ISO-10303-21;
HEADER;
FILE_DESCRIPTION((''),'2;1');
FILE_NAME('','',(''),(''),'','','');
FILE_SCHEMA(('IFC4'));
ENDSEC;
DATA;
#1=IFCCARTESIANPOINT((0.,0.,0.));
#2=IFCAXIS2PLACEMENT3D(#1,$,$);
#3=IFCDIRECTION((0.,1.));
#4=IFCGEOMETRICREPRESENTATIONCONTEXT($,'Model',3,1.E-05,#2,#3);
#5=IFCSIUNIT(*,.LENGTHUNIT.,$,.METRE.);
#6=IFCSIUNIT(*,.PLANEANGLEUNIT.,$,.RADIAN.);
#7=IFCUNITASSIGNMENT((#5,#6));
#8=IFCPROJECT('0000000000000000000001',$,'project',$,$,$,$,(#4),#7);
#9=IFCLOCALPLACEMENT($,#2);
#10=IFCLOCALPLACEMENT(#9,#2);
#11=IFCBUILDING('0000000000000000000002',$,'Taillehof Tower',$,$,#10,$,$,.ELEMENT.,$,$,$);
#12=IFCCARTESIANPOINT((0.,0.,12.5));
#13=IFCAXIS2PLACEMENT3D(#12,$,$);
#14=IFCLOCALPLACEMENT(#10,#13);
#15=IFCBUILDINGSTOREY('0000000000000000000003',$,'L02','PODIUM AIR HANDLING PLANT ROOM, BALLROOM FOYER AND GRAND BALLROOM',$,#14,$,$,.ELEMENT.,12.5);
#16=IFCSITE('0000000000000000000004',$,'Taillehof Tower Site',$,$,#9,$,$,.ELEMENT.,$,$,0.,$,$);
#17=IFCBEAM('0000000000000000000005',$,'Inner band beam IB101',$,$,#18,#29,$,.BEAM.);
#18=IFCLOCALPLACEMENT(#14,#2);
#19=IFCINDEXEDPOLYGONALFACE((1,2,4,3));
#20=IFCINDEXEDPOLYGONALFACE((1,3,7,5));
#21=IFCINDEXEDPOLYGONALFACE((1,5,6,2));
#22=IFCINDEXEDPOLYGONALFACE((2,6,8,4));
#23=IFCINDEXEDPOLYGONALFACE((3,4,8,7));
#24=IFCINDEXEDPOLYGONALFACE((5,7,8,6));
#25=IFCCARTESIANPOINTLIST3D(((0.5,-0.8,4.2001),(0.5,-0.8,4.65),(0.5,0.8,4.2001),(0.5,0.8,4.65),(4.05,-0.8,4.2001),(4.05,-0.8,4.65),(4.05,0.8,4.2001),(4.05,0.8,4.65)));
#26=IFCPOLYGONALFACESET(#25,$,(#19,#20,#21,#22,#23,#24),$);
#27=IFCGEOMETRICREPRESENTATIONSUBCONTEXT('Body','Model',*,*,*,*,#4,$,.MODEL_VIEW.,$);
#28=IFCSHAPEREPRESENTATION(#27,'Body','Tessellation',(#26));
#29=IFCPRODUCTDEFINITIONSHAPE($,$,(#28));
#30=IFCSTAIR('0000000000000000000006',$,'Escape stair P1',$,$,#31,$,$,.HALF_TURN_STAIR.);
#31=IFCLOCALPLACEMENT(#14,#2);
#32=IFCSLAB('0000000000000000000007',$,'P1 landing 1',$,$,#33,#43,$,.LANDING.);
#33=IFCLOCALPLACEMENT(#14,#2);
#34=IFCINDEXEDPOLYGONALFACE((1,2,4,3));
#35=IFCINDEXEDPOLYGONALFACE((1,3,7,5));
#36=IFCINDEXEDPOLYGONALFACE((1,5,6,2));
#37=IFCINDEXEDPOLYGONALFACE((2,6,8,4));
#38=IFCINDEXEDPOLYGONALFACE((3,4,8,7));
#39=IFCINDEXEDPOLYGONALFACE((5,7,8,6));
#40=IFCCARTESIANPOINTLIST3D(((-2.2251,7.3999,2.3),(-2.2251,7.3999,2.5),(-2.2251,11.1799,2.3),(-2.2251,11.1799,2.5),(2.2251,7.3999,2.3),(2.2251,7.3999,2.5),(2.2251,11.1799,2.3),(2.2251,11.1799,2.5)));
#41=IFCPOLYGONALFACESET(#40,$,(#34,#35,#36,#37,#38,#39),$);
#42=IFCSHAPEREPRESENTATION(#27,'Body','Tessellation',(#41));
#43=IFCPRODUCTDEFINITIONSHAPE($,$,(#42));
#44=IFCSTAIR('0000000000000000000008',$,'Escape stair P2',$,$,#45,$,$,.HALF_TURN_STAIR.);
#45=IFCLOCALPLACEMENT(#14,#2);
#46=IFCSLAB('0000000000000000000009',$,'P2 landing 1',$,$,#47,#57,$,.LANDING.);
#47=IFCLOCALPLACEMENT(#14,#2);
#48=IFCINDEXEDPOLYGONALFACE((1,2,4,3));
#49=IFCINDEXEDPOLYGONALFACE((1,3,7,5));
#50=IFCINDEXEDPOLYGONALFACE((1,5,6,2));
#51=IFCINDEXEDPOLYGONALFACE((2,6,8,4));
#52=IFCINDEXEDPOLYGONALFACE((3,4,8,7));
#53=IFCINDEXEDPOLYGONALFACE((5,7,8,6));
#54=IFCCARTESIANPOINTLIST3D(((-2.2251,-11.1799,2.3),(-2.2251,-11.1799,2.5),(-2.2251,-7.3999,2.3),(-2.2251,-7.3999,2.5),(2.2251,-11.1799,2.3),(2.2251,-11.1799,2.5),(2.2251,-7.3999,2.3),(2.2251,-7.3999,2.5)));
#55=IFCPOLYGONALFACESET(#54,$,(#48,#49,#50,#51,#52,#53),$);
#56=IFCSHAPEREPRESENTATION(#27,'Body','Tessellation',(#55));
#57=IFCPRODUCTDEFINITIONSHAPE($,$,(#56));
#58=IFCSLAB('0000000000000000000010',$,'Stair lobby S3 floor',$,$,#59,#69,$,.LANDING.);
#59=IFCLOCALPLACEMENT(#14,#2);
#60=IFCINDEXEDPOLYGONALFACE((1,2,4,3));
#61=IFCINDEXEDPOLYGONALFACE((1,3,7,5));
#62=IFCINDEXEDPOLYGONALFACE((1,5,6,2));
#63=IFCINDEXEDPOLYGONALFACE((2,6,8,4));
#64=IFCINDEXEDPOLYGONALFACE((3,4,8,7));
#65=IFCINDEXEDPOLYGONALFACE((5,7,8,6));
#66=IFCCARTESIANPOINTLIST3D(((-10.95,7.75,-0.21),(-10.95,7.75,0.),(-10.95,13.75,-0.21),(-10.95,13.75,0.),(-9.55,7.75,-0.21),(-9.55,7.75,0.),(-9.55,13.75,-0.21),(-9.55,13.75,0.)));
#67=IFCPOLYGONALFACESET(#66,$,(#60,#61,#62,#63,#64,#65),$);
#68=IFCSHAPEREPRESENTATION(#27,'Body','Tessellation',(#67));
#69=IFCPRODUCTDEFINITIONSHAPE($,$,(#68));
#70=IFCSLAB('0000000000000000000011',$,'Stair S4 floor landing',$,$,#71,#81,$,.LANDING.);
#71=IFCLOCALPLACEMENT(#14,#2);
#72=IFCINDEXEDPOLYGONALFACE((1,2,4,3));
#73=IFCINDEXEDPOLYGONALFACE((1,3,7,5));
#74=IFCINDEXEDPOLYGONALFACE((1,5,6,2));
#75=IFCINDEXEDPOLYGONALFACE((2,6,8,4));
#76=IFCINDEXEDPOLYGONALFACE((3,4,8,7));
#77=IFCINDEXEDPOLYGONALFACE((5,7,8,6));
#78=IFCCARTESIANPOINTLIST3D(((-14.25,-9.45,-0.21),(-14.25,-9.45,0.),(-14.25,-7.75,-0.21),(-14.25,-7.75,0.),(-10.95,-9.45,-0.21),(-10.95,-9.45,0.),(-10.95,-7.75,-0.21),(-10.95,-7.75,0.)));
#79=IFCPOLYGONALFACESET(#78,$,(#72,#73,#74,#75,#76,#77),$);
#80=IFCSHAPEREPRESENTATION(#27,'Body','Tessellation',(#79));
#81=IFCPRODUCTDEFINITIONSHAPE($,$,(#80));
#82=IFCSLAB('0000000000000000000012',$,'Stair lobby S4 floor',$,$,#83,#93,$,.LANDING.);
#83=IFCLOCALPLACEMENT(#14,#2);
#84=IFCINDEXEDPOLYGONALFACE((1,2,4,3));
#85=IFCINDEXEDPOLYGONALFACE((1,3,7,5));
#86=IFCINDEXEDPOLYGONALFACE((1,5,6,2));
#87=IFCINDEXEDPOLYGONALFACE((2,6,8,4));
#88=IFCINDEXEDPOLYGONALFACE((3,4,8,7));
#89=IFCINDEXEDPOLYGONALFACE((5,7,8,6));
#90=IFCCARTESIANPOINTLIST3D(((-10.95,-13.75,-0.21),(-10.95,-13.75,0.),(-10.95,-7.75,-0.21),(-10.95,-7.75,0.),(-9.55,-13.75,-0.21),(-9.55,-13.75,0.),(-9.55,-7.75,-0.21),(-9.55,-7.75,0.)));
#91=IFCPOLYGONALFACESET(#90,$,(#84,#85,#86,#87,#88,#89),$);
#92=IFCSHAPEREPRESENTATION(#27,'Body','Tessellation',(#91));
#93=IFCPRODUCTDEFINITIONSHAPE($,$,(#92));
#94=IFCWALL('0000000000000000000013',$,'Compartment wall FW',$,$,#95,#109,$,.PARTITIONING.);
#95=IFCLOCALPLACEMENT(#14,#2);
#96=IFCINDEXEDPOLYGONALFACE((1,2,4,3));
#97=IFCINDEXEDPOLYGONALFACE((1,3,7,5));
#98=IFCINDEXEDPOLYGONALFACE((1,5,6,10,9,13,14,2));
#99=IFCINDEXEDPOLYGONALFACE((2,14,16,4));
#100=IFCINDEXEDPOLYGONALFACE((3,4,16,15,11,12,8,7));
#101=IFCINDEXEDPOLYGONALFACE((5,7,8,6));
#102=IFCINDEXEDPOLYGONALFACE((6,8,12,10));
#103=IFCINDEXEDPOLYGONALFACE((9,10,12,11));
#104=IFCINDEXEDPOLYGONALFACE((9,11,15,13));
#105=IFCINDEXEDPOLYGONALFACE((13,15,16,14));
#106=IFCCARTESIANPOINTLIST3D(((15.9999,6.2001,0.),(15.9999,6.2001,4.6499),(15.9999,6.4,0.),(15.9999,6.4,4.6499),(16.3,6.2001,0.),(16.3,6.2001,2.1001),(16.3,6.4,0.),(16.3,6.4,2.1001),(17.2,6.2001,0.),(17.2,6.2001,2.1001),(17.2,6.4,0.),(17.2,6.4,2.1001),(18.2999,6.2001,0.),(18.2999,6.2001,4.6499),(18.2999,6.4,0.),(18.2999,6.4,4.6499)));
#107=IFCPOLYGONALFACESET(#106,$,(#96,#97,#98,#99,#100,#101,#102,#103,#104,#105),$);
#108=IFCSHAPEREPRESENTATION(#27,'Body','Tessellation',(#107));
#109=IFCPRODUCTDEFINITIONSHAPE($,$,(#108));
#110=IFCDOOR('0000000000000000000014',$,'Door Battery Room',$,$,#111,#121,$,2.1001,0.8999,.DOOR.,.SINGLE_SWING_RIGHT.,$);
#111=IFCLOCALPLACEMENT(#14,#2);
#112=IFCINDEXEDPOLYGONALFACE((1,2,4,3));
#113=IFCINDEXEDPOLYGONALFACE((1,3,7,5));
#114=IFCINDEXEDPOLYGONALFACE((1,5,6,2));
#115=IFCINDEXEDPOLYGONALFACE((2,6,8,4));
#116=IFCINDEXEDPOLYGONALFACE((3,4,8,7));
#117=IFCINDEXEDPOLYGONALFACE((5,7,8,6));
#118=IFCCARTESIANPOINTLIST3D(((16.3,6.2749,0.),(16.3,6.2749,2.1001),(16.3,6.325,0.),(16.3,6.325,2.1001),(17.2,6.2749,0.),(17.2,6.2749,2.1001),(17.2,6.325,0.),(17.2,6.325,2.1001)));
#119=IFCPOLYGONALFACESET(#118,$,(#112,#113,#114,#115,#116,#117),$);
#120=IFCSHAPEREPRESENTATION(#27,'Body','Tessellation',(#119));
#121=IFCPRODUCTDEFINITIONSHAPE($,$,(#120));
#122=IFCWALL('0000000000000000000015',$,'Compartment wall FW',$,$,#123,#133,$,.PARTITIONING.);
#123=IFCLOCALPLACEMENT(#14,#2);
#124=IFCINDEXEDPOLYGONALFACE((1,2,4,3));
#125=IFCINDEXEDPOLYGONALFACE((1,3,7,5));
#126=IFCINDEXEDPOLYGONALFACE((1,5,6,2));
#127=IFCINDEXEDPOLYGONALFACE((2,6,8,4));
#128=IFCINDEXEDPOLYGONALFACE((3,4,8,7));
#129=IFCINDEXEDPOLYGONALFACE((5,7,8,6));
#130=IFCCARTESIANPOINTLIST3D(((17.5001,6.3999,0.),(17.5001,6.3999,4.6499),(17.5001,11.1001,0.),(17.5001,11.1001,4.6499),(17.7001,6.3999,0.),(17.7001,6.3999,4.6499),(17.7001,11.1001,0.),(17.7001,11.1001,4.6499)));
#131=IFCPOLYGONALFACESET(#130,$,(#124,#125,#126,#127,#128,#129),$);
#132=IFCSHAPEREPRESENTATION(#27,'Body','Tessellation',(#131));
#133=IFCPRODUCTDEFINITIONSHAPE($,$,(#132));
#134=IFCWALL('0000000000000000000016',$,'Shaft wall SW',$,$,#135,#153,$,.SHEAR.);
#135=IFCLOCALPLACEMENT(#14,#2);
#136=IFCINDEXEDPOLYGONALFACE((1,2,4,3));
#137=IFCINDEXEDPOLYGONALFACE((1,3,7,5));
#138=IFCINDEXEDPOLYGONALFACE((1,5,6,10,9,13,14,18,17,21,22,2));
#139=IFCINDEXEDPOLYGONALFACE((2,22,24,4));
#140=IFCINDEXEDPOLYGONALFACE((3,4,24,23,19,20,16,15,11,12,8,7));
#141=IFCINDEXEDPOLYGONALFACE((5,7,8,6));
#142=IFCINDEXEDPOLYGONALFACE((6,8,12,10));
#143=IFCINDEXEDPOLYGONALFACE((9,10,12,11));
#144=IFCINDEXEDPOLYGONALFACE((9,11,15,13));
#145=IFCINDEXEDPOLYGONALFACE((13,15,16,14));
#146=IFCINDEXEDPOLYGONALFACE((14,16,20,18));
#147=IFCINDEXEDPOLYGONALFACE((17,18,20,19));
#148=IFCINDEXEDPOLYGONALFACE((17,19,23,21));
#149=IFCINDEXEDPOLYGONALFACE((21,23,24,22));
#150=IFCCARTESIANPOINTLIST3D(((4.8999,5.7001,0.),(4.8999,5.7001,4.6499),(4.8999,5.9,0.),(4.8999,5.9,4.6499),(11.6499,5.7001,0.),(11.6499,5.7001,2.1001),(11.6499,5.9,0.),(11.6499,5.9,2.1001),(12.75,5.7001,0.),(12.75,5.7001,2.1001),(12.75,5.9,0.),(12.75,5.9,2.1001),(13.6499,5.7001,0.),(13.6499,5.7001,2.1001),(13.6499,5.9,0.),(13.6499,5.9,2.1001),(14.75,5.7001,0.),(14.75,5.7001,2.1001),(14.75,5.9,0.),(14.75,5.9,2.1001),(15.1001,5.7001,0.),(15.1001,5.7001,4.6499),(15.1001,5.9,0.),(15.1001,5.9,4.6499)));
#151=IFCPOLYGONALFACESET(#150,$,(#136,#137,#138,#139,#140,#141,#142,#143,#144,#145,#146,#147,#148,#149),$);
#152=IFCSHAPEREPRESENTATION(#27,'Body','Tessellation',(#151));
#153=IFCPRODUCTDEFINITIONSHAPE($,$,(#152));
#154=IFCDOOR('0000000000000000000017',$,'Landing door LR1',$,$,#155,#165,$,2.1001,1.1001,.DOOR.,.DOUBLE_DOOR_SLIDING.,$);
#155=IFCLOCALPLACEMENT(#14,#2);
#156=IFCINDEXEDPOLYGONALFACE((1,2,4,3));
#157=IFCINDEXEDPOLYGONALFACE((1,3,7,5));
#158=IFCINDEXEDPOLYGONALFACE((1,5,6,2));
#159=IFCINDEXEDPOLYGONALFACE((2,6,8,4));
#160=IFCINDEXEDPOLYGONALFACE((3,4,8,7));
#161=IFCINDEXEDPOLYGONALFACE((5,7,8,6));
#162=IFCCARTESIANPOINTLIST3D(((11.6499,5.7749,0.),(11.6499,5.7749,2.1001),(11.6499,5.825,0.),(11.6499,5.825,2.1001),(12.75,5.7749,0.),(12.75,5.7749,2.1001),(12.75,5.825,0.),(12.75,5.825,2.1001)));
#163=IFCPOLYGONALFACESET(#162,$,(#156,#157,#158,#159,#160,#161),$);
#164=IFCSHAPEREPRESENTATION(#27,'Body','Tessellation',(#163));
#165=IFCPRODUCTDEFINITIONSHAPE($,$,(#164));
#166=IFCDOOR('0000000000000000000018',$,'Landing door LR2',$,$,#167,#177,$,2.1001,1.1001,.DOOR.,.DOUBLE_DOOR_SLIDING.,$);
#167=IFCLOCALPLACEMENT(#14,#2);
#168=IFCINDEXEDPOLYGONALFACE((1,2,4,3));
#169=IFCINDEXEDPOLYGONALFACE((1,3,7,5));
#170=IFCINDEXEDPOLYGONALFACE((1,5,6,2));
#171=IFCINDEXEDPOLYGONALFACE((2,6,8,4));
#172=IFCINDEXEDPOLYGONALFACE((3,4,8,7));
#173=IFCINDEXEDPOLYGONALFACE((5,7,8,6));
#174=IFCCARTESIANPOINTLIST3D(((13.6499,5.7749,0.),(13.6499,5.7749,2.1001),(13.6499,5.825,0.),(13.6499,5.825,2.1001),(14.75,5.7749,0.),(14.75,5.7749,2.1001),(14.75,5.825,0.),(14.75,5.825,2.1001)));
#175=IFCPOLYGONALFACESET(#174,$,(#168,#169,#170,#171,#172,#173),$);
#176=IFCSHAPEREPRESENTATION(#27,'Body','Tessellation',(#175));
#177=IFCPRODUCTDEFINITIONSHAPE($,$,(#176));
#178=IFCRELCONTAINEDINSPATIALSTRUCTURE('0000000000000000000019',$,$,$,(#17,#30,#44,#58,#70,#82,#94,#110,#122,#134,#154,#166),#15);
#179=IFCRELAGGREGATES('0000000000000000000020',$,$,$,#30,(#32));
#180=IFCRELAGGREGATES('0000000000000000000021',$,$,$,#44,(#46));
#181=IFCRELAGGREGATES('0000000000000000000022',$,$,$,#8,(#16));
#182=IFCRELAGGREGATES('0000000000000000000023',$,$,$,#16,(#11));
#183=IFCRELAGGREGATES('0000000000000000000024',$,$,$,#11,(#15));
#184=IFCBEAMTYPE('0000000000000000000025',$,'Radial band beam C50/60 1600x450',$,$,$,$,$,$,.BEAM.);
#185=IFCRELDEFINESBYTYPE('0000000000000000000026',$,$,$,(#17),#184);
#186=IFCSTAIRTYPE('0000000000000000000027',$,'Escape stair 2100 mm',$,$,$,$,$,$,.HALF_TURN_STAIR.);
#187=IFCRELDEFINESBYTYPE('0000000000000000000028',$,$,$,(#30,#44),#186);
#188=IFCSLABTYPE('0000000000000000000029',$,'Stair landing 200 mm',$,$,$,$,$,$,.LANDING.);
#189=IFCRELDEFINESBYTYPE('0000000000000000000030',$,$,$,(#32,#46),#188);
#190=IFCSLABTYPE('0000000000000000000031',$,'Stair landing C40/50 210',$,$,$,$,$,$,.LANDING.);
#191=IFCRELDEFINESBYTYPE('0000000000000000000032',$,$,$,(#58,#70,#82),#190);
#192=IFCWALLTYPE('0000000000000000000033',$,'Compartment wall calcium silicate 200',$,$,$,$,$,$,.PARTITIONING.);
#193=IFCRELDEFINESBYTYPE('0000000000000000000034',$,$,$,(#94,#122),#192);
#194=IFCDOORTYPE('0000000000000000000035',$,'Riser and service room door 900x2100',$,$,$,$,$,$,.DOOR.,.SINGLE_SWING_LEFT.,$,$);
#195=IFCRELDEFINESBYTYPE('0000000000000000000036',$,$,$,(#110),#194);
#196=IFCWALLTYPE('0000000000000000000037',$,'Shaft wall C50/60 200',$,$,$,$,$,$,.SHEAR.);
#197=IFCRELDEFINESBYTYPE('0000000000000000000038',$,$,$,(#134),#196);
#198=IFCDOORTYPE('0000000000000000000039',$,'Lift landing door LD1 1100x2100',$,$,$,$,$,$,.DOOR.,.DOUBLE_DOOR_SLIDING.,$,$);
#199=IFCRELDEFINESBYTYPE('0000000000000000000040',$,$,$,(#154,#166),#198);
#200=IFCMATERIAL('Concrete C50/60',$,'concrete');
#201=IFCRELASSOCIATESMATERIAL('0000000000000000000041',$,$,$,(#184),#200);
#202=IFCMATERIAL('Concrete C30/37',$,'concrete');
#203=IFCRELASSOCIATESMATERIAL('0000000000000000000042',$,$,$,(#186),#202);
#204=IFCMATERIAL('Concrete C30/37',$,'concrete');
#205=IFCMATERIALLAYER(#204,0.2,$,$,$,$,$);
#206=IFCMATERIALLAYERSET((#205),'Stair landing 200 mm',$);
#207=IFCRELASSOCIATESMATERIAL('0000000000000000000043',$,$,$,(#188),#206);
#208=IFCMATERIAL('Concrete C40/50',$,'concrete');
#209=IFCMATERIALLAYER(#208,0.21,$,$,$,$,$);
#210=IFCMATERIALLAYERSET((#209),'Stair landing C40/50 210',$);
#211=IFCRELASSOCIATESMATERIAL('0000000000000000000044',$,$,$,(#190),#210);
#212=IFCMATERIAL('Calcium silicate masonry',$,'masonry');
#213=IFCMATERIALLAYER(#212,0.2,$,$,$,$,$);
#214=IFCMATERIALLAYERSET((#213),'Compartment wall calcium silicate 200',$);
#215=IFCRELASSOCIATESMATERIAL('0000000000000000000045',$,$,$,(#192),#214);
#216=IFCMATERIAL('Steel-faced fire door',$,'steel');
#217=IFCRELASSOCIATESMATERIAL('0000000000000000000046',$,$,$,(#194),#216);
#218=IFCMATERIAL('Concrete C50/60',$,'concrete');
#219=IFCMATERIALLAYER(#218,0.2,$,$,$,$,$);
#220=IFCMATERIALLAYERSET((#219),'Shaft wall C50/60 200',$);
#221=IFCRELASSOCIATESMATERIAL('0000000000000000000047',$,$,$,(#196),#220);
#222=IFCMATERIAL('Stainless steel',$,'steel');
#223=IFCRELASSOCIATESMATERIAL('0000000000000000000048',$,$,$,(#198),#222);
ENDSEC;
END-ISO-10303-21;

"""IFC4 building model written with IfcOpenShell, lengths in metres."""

from ifc_helpers import new_model, si_unit, direction, frame, frame_2d, origin, origin_2d, place, context, subcontext, project, spatial, polyline, rectangle, outline, extrude, material, layer, layer_set, material_profile, profile_set, type_object, element, fill, aggregate, save


model = new_model("IFC4")

# Units and contexts
model_context = context("Model", 3, precision=1e-05, world=origin(), true_north=direction((0.0, 1.0)))
body_context = subcontext(model_context, "Body", "Model", "MODEL_VIEW")
ifc_project = project(units=[si_unit("LENGTHUNIT", "METRE"), si_unit("PLANEANGLEUNIT", "RADIAN")], contexts=[model_context])

# Site, building, storey
site_placement = place(None, origin())
site = spatial("IfcSite", under=ifc_project, at=site_placement, Name="Taillehof Tower Site", CompositionType="ELEMENT", RefElevation=0.0)
building_placement = place(site_placement, origin())
building = spatial("IfcBuilding", under=site, at=building_placement, Name="Taillehof Tower", CompositionType="ELEMENT")
storey_placement = place(building_placement, frame((0.0, 0.0, 12.5)))
storey = spatial("IfcBuildingStorey", under=building, at=storey_placement, Name="L02", Description="PODIUM AIR HANDLING PLANT ROOM, BALLROOM FOYER AND GRAND BALLROOM", CompositionType="ELEMENT", Elevation=12.5)

# Beam
ifc_material_1 = material(Name="Concrete C50/60", Category="concrete")
ifc_material_profile = material_profile(ifc_material_1, rectangle(XDim=1.6001, YDim=0.45, at=origin_2d()), Name="RC 1600x450")
ifc_profile_set = profile_set([ifc_material_profile], Name="Concrete C50/60")
beam_type = type_object("IfcBeamType", Name="Radial band beam C50/60 1600x450", PredefinedType="BEAM", material=ifc_profile_set)
beam_placement = place(storey_placement, frame((0.5, 0.0, 4.425), z_axis=(1.0, 0.0, 0.0), x_axis=(0.0, 1.0, 0.0)))
element("IfcBeam", 1, at=beam_placement, inside=storey, type_object=beam_type, Name="Inner band beam IB101", PredefinedType="BEAM", context=body_context, shape_type="SweptSolid", body=[
    extrude(rectangle(XDim=1.6001, YDim=0.45, at=origin_2d()), origin(), (0.0, 0.0, 1.0), 3.55),
])

# Stairs, slabs
ifc_material_2 = material(Name="Concrete C30/37", Category="concrete")
stair_type_1 = type_object("IfcStairType", Name="Escape stair 2100 mm", PredefinedType="HALF_TURN_STAIR", material=ifc_material_2)
stair_1_placement = place(storey_placement, origin())
stair_1 = element("IfcStair", 2, at=stair_1_placement, inside=storey, type_object=stair_type_1, Name="Escape stair P1", PredefinedType="HALF_TURN_STAIR")
ifc_material_3 = material(Name="Concrete C30/37", Category="concrete")
ifc_layer_1 = layer(ifc_material_3, 0.2)
ifc_layer_set_1 = layer_set([ifc_layer_1], Name="Stair landing 200 mm")
slab_type_1 = type_object("IfcSlabType", Name="Stair landing 200 mm", PredefinedType="LANDING", material=ifc_layer_set_1)
slab_1_placement = place(storey_placement, frame((0.0, 0.0, 2.3)))
slab_1 = element("IfcSlab", 3, at=slab_1_placement, type_object=slab_type_1, Name="P1 landing 1", PredefinedType="LANDING", context=body_context, shape_type="SweptSolid", body=[
    extrude(outline(polyline([(2.2251, 11.1799), (-2.2251, 11.1799), (-2.2251, 7.3999), (2.2251, 7.3999), (2.2251, 11.1799)])), origin(), (0.0, 0.0, 1.0), 0.2),
])
aggregate(stair_1, [slab_1])
stair_2_placement = place(storey_placement, origin())
stair_2 = element("IfcStair", 4, at=stair_2_placement, inside=storey, type_object=stair_type_1, Name="Escape stair P2", PredefinedType="HALF_TURN_STAIR")
slab_2_placement = place(storey_placement, frame((0.0, 0.0, 2.3)))
slab_2 = element("IfcSlab", 5, at=slab_2_placement, type_object=slab_type_1, Name="P2 landing 1", PredefinedType="LANDING", context=body_context, shape_type="SweptSolid", body=[
    extrude(outline(polyline([(-2.2251, -11.1799), (2.2251, -11.1799), (2.2251, -7.3999), (-2.2251, -7.3999), (-2.2251, -11.1799)])), origin(), (0.0, 0.0, 1.0), 0.2),
])
aggregate(stair_2, [slab_2])

# Slabs
ifc_material_4 = material(Name="Concrete C40/50", Category="concrete")
ifc_layer_2 = layer(ifc_material_4, 0.21)
ifc_layer_set_2 = layer_set([ifc_layer_2], Name="Stair landing C40/50 210")
slab_type_2 = type_object("IfcSlabType", Name="Stair landing C40/50 210", PredefinedType="LANDING", material=ifc_layer_set_2)
slab_3_placement = place(storey_placement, frame((0.0, 0.0, -0.21)))
element("IfcSlab", 6, at=slab_3_placement, inside=storey, type_object=slab_type_2, Name="Stair lobby S3 floor", PredefinedType="LANDING", context=body_context, shape_type="SweptSolid", body=[
    extrude(outline(polyline([(-10.95, 7.75), (-9.55, 7.75), (-9.55, 13.75), (-10.95, 13.75), (-10.95, 7.75)])), origin(), (0.0, 0.0, 1.0), 0.21),
])
slab_4_placement = place(storey_placement, frame((0.0, 0.0, -0.21)))
element("IfcSlab", 7, at=slab_4_placement, inside=storey, type_object=slab_type_2, Name="Stair S4 floor landing", PredefinedType="LANDING", context=body_context, shape_type="SweptSolid", body=[
    extrude(outline(polyline([(-14.25, -7.75), (-14.25, -9.45), (-10.95, -9.45), (-10.95, -7.75), (-14.25, -7.75)])), origin(), (0.0, 0.0, 1.0), 0.21),
])
slab_5_placement = place(storey_placement, frame((0.0, 0.0, -0.21)))
element("IfcSlab", 8, at=slab_5_placement, inside=storey, type_object=slab_type_2, Name="Stair lobby S4 floor", PredefinedType="LANDING", context=body_context, shape_type="SweptSolid", body=[
    extrude(outline(polyline([(-10.95, -13.75), (-9.55, -13.75), (-9.55, -7.75), (-10.95, -7.75), (-10.95, -13.75)])), origin(), (0.0, 0.0, 1.0), 0.21),
])

# Wall, opening, door
ifc_material_5 = material(Name="Calcium silicate masonry", Category="masonry")
ifc_layer_3 = layer(ifc_material_5, 0.2)
ifc_layer_set_3 = layer_set([ifc_layer_3], Name="Compartment wall calcium silicate 200")
wall_type_1 = type_object("IfcWallType", Name="Compartment wall calcium silicate 200", PredefinedType="PARTITIONING", material=ifc_layer_set_3)
wall_1_placement = place(storey_placement, frame((16.0, 6.3, 0.0), z_axis=(0.0, 0.0, 1.0), x_axis=(1.0, 0.0, 0.0)))
wall_1 = element("IfcWall", 9, at=wall_1_placement, inside=storey, type_object=wall_type_1, Name="Compartment wall FW", PredefinedType="PARTITIONING", context=body_context, shape_type="SweptSolid", body=[
    extrude(rectangle(XDim=2.3, YDim=0.2, at=frame_2d((1.1499, 0.0))), origin(), (0.0, 0.0, 1.0), 4.6499),
])
opening_1_placement = place(wall_1_placement, frame((0.3, 0.0, 0.0)))
opening_1 = element("IfcOpeningElement", 10, at=opening_1_placement, cuts=wall_1, PredefinedType="OPENING", context=body_context, shape_type="SweptSolid", body=[
    extrude(rectangle(XDim=0.8999, YDim=2.1001, at=frame_2d((0.45, 1.05))), frame((0.0, 0.1099, 0.0), z_axis=(0.0, -1.0, 0.0), x_axis=(1.0, 0.0, 0.0)), (0.0, 0.0, 1.0), 0.22),
])
ifc_material_6 = material(Name="Steel-faced fire door", Category="steel")
door_type_1 = type_object("IfcDoorType", Name="Riser and service room door 900x2100", OperationType="SINGLE_SWING_LEFT", PredefinedType="DOOR", material=ifc_material_6)
door_1_placement = place(opening_1_placement, origin())
door_1 = element("IfcDoor", 11, at=door_1_placement, inside=storey, type_object=door_type_1, Name="Door Battery Room", OperationType="SINGLE_SWING_RIGHT", OverallHeight=2.1001, OverallWidth=0.8999, PredefinedType="DOOR", context=body_context, shape_type="SweptSolid", body=[
    extrude(rectangle(XDim=0.8999, YDim=2.1001, at=frame_2d((0.45, 1.05))), frame((0.0, 0.0249, 0.0), z_axis=(0.0, -1.0, 0.0), x_axis=(1.0, 0.0, 0.0)), (0.0, 0.0, 1.0), 0.05),
])
fill(opening_1, door_1)

# Wall
wall_2_placement = place(storey_placement, frame((17.6001, 6.3999, 0.0), z_axis=(0.0, 0.0, 1.0), x_axis=(0.0, 1.0, 0.0)))
element("IfcWall", 12, at=wall_2_placement, inside=storey, type_object=wall_type_1, Name="Compartment wall FW", PredefinedType="PARTITIONING", context=body_context, shape_type="SweptSolid", body=[
    extrude(rectangle(XDim=4.7002, YDim=0.2, at=frame_2d((2.3501, 0.0))), origin(), (0.0, 0.0, 1.0), 4.6499),
])

# Wall, openings, doors
ifc_material_7 = material(Name="Concrete C50/60", Category="concrete")
ifc_layer_4 = layer(ifc_material_7, 0.2)
ifc_layer_set_4 = layer_set([ifc_layer_4], Name="Shaft wall C50/60 200")
wall_type_2 = type_object("IfcWallType", Name="Shaft wall C50/60 200", PredefinedType="SHEAR", material=ifc_layer_set_4)
wall_3_placement = place(storey_placement, frame((4.8999, 5.8, 0.0), z_axis=(0.0, 0.0, 1.0), x_axis=(1.0, 0.0, 0.0)))
wall_3 = element("IfcWall", 13, at=wall_3_placement, inside=storey, type_object=wall_type_2, Name="Shaft wall SW", PredefinedType="SHEAR", context=body_context, shape_type="SweptSolid", body=[
    extrude(rectangle(XDim=10.2002, YDim=0.2, at=frame_2d((5.1001, 0.0))), origin(), (0.0, 0.0, 1.0), 4.6499),
])
opening_2_placement = place(wall_3_placement, frame((6.75, 0.0, 0.0)))
opening_2 = element("IfcOpeningElement", 14, at=opening_2_placement, cuts=wall_3, PredefinedType="OPENING", context=body_context, shape_type="SweptSolid", body=[
    extrude(rectangle(XDim=1.1001, YDim=2.1001, at=frame_2d((0.55, 1.05))), frame((0.0, 0.1099, 0.0), z_axis=(0.0, -1.0, 0.0), x_axis=(1.0, 0.0, 0.0)), (0.0, 0.0, 1.0), 0.22),
])
opening_3_placement = place(wall_3_placement, frame((8.75, 0.0, 0.0)))
opening_3 = element("IfcOpeningElement", 15, at=opening_3_placement, cuts=wall_3, PredefinedType="OPENING", context=body_context, shape_type="SweptSolid", body=[
    extrude(rectangle(XDim=1.1001, YDim=2.1001, at=frame_2d((0.55, 1.05))), frame((0.0, 0.1099, 0.0), z_axis=(0.0, -1.0, 0.0), x_axis=(1.0, 0.0, 0.0)), (0.0, 0.0, 1.0), 0.22),
])
ifc_material_8 = material(Name="Stainless steel", Category="steel")
door_type_2 = type_object("IfcDoorType", Name="Lift landing door LD1 1100x2100", OperationType="DOUBLE_DOOR_SLIDING", PredefinedType="DOOR", material=ifc_material_8)
door_2_placement = place(opening_2_placement, origin())
door_2 = element("IfcDoor", 16, at=door_2_placement, inside=storey, type_object=door_type_2, Name="Landing door LR1", OperationType="DOUBLE_DOOR_SLIDING", OverallHeight=2.1001, OverallWidth=1.1001, PredefinedType="DOOR", context=body_context, shape_type="SweptSolid", body=[
    extrude(rectangle(XDim=1.1001, YDim=2.1001, at=frame_2d((0.55, 1.05))), frame((0.0, 0.0249, 0.0), z_axis=(0.0, -1.0, 0.0), x_axis=(1.0, 0.0, 0.0)), (0.0, 0.0, 1.0), 0.05),
])
fill(opening_2, door_2)
door_3_placement = place(opening_3_placement, origin())
door_3 = element("IfcDoor", 17, at=door_3_placement, inside=storey, type_object=door_type_2, Name="Landing door LR2", OperationType="DOUBLE_DOOR_SLIDING", OverallHeight=2.1001, OverallWidth=1.1001, PredefinedType="DOOR", context=body_context, shape_type="SweptSolid", body=[
    extrude(rectangle(XDim=1.1001, YDim=2.1001, at=frame_2d((0.55, 1.05))), frame((0.0, 0.0249, 0.0), z_axis=(0.0, -1.0, 0.0), x_axis=(1.0, 0.0, 0.0)), (0.0, 0.0, 1.0), 0.05),
])
fill(opening_3, door_3)

save(model, "model.ifc")
